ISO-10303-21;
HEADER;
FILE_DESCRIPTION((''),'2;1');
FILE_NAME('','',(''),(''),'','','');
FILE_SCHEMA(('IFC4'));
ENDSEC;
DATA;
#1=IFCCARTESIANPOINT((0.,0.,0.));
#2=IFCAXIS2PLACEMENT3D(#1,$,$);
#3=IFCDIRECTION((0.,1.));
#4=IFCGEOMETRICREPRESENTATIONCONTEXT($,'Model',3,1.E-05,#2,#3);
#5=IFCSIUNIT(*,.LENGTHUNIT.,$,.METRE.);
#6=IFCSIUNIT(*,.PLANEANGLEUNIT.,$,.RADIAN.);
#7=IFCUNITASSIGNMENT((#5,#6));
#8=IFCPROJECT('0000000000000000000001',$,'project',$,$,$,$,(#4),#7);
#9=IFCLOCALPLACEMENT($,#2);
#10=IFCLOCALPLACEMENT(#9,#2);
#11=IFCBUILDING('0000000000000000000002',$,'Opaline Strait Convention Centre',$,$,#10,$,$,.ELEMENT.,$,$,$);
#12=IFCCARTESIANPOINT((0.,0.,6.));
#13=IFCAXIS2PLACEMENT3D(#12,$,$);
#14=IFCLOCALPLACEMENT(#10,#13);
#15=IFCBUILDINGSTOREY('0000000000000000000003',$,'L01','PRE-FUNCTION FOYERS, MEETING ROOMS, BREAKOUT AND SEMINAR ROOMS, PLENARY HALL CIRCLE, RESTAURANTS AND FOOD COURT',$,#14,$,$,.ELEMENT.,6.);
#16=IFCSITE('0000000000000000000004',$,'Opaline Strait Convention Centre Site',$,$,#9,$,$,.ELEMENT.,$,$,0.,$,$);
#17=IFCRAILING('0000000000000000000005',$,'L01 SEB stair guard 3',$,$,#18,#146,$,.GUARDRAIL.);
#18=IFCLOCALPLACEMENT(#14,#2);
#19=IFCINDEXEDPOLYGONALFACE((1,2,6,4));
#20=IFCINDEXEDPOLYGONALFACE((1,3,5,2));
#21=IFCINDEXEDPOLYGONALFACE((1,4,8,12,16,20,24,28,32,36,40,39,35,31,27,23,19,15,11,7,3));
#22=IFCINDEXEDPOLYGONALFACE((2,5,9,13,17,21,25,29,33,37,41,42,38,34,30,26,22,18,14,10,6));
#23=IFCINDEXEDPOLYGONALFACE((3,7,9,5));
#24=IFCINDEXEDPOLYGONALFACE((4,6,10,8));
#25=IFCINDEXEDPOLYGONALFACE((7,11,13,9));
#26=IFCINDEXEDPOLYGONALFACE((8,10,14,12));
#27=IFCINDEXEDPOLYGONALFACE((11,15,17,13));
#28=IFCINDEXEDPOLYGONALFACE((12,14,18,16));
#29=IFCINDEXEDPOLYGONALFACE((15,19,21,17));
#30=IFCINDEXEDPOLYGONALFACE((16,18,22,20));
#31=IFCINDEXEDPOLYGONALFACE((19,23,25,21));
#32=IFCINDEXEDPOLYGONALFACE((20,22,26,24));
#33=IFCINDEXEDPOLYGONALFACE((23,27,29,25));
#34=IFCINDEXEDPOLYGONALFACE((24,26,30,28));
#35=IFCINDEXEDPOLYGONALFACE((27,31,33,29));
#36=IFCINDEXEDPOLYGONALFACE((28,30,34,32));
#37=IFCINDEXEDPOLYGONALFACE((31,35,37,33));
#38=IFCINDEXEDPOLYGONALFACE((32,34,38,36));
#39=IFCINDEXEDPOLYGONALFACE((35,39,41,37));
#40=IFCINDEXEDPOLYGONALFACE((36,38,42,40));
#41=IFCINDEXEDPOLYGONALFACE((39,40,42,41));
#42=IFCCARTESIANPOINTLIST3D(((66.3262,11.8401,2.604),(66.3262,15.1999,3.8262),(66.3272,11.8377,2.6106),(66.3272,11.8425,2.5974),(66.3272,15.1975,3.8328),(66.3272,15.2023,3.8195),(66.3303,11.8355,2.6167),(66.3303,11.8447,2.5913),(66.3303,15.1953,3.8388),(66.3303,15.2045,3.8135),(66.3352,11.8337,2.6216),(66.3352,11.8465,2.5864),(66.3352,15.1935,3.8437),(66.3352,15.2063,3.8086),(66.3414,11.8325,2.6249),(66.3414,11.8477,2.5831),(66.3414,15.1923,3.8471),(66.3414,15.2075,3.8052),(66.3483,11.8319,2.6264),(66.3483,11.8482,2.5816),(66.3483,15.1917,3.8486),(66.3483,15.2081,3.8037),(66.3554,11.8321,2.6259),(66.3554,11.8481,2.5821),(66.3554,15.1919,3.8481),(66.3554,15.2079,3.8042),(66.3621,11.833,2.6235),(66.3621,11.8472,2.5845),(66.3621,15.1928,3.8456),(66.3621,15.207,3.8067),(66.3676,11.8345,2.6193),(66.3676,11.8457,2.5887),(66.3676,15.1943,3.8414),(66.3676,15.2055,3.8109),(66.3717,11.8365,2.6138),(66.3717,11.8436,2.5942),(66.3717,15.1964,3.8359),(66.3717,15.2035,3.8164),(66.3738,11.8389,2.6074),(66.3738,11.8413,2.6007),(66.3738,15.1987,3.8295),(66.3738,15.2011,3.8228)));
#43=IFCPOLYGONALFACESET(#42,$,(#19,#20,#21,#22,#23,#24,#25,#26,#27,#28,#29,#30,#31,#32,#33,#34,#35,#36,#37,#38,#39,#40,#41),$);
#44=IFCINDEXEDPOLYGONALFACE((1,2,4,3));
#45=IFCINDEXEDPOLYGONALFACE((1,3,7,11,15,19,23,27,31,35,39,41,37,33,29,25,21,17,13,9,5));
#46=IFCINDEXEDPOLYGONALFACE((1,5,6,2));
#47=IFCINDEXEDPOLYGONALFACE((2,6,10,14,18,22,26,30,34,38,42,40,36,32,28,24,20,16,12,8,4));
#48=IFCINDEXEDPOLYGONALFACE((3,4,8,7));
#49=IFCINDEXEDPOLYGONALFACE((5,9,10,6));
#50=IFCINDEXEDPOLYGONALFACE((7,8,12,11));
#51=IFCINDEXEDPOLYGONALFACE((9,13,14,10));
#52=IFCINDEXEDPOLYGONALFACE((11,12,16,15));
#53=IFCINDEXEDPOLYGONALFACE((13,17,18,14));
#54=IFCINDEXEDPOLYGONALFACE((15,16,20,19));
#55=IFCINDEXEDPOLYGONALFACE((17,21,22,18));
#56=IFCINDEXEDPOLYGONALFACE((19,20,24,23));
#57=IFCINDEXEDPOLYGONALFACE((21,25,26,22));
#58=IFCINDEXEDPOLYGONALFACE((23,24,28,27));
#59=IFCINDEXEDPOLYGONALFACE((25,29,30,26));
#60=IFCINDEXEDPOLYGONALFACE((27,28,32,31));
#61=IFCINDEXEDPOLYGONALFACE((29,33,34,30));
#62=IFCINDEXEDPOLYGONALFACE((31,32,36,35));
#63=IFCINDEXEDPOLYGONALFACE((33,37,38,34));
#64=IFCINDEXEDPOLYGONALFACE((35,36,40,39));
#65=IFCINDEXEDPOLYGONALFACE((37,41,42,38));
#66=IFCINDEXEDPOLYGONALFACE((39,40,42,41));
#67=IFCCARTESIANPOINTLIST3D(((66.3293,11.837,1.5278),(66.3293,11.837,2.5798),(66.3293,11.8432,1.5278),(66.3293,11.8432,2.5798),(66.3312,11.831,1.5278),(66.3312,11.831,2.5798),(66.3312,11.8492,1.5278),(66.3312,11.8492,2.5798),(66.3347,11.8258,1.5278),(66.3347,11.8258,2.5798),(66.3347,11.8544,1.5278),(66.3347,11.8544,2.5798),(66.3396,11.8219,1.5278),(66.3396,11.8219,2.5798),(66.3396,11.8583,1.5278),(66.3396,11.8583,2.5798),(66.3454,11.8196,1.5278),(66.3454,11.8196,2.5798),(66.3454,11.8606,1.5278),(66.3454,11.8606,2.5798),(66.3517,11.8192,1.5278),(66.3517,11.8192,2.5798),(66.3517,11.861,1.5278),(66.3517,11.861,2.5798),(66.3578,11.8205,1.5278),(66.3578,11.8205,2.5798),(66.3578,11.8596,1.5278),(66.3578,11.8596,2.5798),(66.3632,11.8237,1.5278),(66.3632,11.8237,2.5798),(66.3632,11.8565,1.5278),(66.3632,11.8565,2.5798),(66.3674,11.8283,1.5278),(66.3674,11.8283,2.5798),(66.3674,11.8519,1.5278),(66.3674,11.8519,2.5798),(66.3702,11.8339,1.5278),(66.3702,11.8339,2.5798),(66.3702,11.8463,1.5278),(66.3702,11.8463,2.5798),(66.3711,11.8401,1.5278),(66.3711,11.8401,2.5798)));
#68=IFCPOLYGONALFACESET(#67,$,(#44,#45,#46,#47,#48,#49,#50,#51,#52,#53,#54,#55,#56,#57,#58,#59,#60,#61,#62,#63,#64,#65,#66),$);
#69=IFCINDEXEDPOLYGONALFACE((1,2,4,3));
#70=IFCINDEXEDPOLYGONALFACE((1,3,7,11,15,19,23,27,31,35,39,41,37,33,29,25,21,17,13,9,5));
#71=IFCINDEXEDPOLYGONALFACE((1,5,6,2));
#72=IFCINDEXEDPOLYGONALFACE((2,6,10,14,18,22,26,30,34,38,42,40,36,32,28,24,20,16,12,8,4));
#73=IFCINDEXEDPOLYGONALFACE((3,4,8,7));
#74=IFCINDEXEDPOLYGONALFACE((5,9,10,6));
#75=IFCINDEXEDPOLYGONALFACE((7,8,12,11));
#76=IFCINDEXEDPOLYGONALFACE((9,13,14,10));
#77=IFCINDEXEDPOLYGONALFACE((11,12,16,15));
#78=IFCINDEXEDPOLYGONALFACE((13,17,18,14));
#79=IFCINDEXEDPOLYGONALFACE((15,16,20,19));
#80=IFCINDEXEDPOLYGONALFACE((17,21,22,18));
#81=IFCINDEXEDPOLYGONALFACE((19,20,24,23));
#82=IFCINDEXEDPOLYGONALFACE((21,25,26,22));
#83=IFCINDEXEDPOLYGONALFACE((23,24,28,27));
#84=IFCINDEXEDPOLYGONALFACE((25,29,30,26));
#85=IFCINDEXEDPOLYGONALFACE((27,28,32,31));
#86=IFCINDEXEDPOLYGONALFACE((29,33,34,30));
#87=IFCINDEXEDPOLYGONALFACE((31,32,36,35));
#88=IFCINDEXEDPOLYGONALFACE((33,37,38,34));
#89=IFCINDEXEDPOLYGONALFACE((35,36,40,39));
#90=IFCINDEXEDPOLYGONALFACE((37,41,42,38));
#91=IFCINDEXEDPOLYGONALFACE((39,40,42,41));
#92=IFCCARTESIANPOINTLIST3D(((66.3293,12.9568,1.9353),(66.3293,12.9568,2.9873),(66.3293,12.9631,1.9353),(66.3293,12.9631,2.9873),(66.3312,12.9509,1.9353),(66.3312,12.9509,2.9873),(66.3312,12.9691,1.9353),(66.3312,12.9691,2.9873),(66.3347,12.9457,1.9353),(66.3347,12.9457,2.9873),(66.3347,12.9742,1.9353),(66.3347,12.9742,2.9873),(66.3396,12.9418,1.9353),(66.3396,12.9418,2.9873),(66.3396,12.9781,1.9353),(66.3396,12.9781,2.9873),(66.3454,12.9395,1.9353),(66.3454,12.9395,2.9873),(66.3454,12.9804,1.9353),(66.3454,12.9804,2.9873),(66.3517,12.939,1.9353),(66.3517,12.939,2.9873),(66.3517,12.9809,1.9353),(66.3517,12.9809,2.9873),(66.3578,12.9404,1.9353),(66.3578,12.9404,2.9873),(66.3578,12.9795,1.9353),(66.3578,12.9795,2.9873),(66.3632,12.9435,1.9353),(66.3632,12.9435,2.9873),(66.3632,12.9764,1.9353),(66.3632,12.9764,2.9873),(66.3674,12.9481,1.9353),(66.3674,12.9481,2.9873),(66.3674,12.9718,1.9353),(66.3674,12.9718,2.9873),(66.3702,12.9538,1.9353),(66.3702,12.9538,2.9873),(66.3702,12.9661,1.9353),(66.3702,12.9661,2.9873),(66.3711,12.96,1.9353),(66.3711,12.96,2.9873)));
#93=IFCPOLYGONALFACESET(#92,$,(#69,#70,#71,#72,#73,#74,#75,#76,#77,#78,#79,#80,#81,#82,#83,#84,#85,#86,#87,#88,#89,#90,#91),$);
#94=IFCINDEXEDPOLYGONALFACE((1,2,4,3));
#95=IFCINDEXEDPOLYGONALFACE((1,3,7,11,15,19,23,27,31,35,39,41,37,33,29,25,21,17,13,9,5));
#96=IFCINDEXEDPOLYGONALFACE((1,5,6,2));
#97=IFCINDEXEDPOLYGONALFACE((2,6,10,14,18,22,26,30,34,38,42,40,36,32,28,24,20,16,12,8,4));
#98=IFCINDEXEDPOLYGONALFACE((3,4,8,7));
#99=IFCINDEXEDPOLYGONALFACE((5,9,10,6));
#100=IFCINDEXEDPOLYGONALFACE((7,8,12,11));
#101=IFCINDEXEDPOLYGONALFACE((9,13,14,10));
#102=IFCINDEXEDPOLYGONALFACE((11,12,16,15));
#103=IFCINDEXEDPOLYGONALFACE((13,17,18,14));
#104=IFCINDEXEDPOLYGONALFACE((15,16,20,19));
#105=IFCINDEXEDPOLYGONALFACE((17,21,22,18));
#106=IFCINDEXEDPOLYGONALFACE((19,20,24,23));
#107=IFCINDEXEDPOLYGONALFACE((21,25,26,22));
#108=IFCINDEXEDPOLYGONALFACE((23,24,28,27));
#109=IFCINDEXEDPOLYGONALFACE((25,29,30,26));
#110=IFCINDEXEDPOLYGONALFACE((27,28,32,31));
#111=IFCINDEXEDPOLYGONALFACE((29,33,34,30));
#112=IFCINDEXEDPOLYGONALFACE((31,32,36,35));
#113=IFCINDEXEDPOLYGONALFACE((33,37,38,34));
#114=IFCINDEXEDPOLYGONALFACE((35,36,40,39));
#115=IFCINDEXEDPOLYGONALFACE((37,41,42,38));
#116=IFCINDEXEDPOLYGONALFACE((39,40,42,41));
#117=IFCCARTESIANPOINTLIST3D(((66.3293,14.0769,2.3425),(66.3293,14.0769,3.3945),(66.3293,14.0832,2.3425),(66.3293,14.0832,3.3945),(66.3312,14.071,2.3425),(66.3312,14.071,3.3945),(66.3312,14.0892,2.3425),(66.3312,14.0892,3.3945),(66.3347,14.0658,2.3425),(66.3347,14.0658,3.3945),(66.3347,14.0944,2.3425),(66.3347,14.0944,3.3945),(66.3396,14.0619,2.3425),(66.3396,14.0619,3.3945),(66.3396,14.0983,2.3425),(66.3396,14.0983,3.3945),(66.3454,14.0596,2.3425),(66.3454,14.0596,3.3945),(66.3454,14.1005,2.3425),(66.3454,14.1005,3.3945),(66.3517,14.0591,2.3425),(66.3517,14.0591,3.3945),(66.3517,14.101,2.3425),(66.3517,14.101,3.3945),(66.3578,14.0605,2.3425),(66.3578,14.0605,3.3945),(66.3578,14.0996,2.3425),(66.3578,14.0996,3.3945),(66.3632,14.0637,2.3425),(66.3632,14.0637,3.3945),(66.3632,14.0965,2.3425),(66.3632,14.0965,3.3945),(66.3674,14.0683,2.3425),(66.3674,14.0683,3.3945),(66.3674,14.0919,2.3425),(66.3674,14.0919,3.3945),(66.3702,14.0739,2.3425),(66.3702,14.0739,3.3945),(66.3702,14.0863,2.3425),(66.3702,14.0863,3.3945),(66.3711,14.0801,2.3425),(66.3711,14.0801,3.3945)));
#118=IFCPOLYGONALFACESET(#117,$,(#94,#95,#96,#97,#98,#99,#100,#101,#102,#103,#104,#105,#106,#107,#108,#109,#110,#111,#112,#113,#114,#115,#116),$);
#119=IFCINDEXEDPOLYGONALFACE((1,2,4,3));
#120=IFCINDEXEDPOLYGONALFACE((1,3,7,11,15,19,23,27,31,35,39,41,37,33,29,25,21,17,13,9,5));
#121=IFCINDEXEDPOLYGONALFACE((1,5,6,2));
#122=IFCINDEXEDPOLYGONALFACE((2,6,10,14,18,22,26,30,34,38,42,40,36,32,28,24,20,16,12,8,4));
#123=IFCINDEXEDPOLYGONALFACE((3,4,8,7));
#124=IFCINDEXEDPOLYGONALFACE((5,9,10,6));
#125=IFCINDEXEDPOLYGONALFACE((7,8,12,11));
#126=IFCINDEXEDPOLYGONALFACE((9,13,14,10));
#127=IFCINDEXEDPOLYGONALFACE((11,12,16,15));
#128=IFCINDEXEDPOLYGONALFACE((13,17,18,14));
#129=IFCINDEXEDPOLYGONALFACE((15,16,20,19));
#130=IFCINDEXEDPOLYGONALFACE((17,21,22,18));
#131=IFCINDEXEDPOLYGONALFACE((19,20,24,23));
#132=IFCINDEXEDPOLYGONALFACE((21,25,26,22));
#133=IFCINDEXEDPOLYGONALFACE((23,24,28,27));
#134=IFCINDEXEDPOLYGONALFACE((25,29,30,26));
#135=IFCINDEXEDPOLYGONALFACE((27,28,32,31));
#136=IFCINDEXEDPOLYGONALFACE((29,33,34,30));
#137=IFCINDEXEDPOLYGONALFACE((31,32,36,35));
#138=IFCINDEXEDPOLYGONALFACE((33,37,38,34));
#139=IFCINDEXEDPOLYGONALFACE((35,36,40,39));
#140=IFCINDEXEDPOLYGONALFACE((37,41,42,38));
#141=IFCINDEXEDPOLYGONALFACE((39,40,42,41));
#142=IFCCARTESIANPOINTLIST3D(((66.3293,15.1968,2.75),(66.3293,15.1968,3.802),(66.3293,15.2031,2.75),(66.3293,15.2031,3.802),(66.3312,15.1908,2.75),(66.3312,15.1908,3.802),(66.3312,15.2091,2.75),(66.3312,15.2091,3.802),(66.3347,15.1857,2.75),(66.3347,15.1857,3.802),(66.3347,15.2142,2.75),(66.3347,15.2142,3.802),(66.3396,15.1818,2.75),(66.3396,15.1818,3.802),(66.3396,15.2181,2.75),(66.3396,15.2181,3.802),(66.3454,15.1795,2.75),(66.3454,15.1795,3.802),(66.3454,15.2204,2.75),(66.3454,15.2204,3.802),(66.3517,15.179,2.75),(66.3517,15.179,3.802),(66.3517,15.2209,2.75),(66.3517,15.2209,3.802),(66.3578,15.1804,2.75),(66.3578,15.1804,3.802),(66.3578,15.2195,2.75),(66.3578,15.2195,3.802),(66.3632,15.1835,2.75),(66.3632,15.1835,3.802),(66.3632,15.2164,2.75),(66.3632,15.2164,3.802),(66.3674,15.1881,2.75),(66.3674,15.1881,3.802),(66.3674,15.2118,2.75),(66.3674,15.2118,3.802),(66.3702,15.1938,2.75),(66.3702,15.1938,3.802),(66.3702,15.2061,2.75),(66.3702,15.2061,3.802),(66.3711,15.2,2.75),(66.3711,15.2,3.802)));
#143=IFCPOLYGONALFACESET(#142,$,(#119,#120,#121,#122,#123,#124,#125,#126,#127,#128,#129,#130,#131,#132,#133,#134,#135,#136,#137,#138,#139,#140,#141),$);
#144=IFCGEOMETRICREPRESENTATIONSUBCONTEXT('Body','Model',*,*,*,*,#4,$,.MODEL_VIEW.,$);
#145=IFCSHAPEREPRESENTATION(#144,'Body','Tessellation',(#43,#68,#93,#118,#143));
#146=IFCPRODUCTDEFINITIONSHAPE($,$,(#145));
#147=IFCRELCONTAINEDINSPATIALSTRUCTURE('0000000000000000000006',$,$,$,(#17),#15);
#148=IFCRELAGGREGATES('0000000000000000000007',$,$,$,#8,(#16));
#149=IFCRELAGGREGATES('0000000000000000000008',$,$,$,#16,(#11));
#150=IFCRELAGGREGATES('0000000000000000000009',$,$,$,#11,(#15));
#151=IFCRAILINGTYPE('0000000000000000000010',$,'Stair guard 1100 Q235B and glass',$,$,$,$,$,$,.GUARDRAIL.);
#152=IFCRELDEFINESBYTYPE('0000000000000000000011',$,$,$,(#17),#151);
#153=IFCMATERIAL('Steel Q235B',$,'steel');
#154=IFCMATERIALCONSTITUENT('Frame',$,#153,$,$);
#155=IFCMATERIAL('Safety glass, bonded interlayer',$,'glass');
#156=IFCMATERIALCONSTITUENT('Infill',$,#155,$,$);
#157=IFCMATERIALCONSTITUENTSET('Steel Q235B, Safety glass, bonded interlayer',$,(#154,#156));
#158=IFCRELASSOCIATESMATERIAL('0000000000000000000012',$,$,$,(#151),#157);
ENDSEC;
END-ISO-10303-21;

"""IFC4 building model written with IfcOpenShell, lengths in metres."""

from ifc_helpers import new_model, si_unit, direction, frame, origin, origin_2d, place, context, subcontext, project, spatial, circle, extrude, material, constituent, constituent_set, type_object, element, save


model = new_model("IFC4")

# Units and contexts
model_context = context("Model", 3, precision=1e-05, world=origin(), true_north=direction((0.0, 1.0)))
body_context = subcontext(model_context, "Body", "Model", "MODEL_VIEW")
ifc_project = project(units=[si_unit("LENGTHUNIT", "METRE"), si_unit("PLANEANGLEUNIT", "RADIAN")], contexts=[model_context])

# Site, building, storey
site_placement = place(None, origin())
site = spatial("IfcSite", under=ifc_project, at=site_placement, Name="Opaline Strait Convention Centre Site", CompositionType="ELEMENT", RefElevation=0.0)
building_placement = place(site_placement, origin())
building = spatial("IfcBuilding", under=site, at=building_placement, Name="Opaline Strait Convention Centre", CompositionType="ELEMENT")
storey_placement = place(building_placement, frame((0.0, 0.0, 6.0)))
storey = spatial("IfcBuildingStorey", under=building, at=storey_placement, Name="L01", Description="PRE-FUNCTION FOYERS, MEETING ROOMS, BREAKOUT AND SEMINAR ROOMS, PLENARY HALL CIRCLE, RESTAURANTS AND FOOD COURT", CompositionType="ELEMENT", Elevation=6.0)

# Railing
ifc_material_1 = material(Name="Steel Q235B", Category="steel")
ifc_constituent_1 = constituent(ifc_material_1, Name="Frame")
ifc_material_2 = material(Name="Safety glass, bonded interlayer", Category="glass")
ifc_constituent_2 = constituent(ifc_material_2, Name="Infill")
ifc_constituent_set = constituent_set(constituents=[ifc_constituent_1, ifc_constituent_2], Name="Steel Q235B, Safety glass, bonded interlayer")
railing_type_1 = type_object("IfcRailingType", Name="Stair guard 1100 Q235B and glass", PredefinedType="GUARDRAIL", material=ifc_constituent_set)
railing_1_placement = place(storey_placement, frame((66.3501, 11.8401, 1.5278)))
element("IfcRailing", 1, at=railing_1_placement, inside=storey, type_object=railing_type_1, Name="L01 SEB stair guard 3", PredefinedType="GUARDRAIL", context=body_context, shape_type="SweptSolid", body=[
    extrude(circle(Radius=0.0239, at=origin_2d()), frame((0.0, 0.0, 1.0762), z_axis=(0.0, 0.939758, 0.341842), x_axis=(-1.0, 0.0, 0.0)), (0.0, 0.0, 1.0), 3.5752),
    extrude(circle(Radius=0.021, at=origin_2d()), origin(), (0.0, 0.0, 1.0), 1.052),
    extrude(circle(Radius=0.021, at=origin_2d()), frame((0.0, 1.1199, 0.4075)), (0.0, 0.0, 1.0), 1.052),
    extrude(circle(Radius=0.021, at=origin_2d()), frame((0.0, 2.24, 0.8147)), (0.0, 0.0, 1.0), 1.052),
    extrude(circle(Radius=0.021, at=origin_2d()), frame((0.0, 3.3599, 1.2222)), (0.0, 0.0, 1.0), 1.052),
])

save(model, "model.ifc")
